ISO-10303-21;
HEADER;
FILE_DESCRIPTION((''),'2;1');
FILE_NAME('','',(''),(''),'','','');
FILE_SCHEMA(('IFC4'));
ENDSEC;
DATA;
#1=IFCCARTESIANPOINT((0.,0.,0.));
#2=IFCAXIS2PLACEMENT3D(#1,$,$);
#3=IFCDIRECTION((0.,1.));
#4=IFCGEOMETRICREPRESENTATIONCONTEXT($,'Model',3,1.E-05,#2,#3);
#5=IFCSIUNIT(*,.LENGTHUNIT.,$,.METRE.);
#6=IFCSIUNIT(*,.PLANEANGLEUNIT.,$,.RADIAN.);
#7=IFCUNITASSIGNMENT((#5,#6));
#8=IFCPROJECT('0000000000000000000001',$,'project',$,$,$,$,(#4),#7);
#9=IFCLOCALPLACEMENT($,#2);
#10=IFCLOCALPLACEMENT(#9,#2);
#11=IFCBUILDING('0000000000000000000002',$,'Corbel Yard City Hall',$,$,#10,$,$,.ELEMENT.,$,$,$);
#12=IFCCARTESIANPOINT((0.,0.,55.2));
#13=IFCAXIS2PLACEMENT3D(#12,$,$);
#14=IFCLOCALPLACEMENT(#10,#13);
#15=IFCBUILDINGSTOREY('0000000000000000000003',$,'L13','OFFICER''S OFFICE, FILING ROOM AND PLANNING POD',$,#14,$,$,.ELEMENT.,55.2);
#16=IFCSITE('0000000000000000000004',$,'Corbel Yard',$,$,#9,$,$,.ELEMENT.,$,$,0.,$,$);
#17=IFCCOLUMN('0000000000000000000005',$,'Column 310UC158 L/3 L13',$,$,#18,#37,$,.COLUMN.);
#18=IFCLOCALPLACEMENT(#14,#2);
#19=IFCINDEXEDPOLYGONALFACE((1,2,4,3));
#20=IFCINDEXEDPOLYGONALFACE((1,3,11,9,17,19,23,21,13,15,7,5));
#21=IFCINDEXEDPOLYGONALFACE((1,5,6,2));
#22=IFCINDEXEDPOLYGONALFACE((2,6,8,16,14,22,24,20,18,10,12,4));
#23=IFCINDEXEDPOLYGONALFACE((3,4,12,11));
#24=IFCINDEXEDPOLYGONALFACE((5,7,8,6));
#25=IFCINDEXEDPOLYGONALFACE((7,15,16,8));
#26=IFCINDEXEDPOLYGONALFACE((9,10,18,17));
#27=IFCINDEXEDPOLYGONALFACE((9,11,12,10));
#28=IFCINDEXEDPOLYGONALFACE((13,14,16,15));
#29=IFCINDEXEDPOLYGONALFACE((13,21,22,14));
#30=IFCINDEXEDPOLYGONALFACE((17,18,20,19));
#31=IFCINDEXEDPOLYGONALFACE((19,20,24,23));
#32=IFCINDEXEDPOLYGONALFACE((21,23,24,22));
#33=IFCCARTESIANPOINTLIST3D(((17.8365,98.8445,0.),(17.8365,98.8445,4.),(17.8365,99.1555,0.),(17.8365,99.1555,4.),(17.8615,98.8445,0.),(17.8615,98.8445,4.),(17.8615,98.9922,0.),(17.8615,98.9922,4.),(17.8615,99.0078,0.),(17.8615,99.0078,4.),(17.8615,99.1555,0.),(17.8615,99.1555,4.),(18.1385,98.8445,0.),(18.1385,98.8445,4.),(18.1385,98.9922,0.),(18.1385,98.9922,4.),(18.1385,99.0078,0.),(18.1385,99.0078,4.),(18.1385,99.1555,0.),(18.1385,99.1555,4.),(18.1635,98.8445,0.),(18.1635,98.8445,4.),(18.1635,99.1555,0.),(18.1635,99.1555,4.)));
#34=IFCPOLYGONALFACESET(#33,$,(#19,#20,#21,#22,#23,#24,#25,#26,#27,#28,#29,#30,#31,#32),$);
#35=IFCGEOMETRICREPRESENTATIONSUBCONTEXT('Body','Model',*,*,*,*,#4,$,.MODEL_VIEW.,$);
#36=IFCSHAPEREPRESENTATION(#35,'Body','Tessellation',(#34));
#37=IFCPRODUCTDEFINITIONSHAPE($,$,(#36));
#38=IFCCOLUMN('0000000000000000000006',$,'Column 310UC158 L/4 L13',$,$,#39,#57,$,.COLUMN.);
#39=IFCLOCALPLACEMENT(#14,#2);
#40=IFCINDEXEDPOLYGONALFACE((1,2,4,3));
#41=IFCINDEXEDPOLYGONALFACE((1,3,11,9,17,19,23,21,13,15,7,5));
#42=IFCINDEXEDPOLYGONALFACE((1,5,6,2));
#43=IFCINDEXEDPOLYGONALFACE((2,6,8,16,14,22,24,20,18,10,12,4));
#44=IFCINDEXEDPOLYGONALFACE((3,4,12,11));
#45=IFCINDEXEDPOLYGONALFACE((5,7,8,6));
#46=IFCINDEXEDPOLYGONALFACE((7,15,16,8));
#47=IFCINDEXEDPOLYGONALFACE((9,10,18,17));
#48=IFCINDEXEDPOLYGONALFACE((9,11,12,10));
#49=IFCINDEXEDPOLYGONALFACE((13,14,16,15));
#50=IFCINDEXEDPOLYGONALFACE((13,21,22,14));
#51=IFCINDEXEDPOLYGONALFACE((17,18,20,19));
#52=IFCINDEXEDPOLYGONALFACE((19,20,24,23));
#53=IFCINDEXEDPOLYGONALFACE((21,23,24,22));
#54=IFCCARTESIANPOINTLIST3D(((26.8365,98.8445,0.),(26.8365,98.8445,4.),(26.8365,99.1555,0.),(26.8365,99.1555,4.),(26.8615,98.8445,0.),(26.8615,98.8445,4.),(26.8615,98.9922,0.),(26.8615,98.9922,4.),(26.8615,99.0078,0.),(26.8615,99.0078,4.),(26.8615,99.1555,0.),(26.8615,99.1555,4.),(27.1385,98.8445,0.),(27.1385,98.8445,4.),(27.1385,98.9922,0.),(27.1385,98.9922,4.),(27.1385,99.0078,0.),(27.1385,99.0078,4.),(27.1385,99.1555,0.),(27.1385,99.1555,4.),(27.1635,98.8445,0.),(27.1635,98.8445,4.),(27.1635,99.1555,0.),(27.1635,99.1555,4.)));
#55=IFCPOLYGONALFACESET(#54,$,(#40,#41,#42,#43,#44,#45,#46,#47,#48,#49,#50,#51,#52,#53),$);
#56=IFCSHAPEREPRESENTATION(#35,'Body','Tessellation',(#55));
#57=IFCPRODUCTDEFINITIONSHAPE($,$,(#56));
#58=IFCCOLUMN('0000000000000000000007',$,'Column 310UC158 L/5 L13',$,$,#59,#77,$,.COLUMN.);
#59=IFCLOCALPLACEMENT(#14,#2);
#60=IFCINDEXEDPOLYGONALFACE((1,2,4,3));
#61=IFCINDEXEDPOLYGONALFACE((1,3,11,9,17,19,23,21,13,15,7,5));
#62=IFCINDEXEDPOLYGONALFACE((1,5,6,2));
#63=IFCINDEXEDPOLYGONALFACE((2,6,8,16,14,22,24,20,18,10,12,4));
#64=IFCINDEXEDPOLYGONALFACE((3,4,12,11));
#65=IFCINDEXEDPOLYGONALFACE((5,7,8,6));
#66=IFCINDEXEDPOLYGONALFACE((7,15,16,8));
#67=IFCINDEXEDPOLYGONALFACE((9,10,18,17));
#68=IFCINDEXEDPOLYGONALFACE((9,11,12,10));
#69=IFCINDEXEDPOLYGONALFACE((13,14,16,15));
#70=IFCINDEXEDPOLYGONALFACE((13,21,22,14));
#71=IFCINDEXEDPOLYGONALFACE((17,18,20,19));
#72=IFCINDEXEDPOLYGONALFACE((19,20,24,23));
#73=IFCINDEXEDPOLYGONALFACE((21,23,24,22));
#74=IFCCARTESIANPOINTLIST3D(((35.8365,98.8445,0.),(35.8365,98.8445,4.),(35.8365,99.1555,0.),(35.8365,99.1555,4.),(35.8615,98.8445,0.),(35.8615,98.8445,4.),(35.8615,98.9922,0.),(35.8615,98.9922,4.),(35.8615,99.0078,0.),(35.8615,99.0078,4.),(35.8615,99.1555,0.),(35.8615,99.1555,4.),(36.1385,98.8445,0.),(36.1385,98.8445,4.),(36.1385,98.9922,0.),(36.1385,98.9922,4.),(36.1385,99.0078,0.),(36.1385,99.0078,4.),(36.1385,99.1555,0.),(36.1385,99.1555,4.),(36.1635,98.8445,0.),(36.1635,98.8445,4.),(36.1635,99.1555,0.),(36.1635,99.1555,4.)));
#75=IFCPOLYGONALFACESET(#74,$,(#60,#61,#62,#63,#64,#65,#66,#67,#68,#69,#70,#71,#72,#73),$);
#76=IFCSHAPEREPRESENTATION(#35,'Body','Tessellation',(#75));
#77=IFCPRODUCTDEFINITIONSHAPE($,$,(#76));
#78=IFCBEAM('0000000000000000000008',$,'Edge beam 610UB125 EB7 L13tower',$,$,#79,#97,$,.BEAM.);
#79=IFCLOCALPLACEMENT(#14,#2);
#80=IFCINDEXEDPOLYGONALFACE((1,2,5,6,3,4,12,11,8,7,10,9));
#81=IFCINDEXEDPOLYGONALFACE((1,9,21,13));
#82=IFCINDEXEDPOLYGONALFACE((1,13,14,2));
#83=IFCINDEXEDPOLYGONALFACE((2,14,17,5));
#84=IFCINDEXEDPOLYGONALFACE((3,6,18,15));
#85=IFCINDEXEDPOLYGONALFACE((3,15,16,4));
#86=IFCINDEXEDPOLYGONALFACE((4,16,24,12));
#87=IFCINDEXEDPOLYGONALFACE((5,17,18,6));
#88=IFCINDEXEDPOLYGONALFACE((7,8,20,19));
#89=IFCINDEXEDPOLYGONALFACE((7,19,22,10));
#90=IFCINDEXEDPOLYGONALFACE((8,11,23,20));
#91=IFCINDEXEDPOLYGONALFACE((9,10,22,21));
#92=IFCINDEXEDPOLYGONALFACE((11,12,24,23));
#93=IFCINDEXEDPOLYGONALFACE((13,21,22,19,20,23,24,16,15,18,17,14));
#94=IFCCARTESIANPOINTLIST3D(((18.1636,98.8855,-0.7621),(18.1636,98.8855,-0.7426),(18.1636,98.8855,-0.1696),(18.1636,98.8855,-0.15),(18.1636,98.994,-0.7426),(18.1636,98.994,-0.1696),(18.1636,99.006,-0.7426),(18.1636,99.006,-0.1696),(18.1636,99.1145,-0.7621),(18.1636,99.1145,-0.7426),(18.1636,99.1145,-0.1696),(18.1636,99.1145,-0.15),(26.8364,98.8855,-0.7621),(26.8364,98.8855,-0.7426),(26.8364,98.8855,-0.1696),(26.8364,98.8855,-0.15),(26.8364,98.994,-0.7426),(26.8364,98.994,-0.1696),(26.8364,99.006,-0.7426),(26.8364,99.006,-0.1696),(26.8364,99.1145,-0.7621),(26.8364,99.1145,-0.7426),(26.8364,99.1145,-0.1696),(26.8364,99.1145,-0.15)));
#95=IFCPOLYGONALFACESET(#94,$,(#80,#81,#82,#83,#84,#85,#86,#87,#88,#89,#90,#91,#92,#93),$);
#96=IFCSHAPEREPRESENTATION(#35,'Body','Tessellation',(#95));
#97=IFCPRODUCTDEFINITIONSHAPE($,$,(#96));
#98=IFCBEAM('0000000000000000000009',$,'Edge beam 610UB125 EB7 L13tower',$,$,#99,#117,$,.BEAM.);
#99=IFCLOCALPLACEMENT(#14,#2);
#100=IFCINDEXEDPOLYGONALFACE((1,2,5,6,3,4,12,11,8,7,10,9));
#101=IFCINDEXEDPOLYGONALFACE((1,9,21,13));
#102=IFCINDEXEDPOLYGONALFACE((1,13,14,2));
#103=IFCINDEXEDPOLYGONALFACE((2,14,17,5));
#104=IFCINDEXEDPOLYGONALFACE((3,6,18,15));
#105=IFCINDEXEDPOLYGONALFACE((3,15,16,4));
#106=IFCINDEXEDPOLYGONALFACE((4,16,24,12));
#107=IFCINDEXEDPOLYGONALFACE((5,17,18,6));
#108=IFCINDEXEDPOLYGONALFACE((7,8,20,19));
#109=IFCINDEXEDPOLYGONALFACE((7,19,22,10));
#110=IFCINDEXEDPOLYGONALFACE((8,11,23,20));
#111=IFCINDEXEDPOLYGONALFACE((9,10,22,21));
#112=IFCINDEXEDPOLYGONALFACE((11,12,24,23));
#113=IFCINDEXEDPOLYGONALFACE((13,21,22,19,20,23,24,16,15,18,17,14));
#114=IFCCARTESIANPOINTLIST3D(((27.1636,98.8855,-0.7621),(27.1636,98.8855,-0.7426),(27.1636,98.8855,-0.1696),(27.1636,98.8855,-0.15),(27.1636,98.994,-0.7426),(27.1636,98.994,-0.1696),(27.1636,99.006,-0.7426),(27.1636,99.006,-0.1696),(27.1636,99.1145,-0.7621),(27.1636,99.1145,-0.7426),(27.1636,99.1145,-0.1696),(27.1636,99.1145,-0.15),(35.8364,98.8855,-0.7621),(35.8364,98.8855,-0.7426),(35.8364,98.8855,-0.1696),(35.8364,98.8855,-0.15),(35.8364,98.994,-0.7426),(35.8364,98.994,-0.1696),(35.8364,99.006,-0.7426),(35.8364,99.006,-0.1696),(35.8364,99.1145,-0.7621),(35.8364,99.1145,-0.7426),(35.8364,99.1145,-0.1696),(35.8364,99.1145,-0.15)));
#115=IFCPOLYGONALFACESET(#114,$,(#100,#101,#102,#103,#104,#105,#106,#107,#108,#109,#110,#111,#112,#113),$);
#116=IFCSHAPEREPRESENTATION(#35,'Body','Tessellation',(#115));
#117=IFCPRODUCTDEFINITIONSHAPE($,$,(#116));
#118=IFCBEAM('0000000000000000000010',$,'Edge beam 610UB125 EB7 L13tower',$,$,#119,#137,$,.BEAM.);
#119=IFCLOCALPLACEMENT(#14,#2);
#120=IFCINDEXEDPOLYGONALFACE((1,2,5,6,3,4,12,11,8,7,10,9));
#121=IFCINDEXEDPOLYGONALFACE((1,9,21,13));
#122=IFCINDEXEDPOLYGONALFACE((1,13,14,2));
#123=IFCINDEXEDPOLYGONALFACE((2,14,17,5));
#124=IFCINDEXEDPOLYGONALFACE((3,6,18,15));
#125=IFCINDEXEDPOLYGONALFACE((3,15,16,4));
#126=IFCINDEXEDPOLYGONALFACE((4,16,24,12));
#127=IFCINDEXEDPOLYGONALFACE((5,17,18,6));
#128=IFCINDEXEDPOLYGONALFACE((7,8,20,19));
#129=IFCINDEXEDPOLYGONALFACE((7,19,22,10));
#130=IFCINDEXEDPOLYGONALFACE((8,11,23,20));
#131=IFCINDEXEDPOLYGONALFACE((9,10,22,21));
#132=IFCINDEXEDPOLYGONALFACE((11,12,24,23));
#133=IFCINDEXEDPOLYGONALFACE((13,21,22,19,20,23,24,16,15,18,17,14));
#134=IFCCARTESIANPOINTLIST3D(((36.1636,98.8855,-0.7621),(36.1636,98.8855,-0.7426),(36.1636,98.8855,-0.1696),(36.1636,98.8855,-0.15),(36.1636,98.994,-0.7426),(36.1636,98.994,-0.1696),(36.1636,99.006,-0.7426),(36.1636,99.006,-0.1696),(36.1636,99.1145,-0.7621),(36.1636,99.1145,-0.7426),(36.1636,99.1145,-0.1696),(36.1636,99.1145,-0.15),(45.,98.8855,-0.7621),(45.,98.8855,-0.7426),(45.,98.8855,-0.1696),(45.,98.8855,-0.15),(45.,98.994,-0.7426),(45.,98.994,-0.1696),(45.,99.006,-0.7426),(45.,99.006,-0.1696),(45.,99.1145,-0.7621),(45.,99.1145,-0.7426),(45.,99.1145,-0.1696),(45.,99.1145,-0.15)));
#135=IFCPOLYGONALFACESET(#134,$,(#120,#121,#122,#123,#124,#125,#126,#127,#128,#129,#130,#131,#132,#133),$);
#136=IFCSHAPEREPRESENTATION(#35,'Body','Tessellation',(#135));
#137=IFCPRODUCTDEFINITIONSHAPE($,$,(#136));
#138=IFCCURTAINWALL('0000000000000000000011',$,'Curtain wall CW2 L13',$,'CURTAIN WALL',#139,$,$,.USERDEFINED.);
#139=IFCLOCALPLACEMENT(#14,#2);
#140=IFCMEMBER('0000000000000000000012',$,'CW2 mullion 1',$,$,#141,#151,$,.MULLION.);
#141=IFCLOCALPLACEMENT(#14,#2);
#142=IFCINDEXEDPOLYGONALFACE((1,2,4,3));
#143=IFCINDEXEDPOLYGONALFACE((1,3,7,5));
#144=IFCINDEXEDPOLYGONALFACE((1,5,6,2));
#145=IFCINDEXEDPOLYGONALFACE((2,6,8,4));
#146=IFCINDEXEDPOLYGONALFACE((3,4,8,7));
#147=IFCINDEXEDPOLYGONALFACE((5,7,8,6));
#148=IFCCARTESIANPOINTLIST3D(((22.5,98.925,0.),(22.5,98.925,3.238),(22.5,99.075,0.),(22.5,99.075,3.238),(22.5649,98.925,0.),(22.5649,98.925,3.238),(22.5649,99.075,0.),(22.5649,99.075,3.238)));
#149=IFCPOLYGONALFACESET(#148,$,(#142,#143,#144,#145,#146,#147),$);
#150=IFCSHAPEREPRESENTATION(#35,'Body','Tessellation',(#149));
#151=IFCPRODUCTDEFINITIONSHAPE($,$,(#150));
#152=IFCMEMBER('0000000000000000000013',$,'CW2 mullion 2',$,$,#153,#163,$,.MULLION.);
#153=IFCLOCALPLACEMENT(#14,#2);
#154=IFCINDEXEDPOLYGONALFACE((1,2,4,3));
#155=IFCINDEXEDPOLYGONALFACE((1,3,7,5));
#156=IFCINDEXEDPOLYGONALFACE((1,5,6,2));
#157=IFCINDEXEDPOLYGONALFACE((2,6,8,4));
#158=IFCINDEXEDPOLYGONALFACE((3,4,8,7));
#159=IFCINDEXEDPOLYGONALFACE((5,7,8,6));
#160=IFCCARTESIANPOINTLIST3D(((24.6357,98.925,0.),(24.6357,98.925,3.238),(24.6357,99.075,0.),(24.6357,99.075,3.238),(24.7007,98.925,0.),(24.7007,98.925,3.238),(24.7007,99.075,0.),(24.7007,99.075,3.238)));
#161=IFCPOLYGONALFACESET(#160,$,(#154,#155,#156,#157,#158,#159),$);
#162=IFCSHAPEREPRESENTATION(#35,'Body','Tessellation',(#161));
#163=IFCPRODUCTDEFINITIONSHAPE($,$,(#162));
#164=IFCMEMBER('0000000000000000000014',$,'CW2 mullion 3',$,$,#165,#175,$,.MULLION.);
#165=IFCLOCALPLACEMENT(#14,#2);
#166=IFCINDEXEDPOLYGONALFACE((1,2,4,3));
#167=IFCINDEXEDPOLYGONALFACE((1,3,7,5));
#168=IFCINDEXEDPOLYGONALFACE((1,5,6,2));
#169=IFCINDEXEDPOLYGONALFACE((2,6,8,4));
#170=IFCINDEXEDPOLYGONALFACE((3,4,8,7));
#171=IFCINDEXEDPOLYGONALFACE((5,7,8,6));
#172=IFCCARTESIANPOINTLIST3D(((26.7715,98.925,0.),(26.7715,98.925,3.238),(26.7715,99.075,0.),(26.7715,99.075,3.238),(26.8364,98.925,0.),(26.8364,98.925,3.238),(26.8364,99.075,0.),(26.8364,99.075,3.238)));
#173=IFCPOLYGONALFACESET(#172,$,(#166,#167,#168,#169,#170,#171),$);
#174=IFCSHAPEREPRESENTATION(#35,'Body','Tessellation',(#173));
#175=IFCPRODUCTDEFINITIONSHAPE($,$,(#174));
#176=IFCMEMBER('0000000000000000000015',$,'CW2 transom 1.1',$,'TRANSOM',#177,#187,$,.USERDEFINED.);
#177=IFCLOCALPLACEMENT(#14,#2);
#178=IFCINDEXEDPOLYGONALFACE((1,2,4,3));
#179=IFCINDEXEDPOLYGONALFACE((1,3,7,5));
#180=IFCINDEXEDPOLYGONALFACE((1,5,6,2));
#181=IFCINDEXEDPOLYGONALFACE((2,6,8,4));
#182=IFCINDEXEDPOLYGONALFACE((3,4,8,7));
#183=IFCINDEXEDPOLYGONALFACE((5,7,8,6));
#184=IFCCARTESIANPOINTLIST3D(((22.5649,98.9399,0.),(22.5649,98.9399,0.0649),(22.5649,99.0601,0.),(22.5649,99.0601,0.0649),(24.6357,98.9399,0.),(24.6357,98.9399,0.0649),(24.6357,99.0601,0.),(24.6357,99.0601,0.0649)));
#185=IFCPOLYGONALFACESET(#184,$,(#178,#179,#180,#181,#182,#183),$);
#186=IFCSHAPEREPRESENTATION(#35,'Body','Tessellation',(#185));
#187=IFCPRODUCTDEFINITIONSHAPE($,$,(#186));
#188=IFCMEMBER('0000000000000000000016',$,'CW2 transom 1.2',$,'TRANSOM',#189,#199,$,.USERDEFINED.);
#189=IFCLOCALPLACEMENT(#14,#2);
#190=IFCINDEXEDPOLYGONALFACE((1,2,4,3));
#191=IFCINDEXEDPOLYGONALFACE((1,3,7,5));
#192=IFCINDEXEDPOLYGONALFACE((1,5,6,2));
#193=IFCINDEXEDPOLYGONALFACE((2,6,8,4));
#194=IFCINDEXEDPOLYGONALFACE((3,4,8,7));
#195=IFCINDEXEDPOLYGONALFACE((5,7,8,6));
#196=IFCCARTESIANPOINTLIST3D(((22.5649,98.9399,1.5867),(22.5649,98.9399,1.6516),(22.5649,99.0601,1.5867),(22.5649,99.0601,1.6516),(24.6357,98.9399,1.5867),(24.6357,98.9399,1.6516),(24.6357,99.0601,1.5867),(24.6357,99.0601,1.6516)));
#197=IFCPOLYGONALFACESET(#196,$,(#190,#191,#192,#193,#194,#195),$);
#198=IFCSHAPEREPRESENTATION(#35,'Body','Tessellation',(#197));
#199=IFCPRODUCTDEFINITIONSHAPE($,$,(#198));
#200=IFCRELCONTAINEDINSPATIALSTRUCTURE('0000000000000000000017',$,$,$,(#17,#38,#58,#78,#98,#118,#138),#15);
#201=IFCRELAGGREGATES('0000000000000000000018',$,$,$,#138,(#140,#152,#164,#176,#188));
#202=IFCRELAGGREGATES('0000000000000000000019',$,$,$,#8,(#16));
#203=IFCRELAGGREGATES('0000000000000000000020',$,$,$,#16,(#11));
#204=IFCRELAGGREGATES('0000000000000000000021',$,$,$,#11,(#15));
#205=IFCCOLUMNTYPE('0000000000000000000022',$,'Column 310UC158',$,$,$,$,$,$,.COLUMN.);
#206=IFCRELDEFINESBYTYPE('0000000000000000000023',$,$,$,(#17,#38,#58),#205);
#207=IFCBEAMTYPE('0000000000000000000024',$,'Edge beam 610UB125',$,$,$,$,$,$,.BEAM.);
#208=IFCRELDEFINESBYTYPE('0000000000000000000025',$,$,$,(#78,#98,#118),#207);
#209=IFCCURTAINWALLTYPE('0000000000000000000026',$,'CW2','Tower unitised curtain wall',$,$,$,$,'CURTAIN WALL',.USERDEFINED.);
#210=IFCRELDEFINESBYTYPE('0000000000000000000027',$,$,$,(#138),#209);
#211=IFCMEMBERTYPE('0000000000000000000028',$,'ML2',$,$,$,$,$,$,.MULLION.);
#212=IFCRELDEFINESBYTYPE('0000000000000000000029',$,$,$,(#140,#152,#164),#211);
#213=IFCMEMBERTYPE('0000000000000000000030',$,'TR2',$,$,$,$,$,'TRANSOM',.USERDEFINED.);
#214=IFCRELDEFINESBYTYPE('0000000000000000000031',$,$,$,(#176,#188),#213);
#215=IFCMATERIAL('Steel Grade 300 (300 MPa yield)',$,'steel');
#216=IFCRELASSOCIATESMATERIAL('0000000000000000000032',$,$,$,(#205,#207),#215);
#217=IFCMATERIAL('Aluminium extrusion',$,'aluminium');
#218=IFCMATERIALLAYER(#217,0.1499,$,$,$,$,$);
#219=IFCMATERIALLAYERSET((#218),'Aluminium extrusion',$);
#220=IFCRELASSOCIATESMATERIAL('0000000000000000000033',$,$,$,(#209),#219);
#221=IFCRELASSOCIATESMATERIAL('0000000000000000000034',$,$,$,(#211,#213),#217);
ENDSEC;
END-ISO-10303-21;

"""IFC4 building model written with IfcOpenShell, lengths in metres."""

from ifc_helpers import new_model, si_unit, direction, frame, origin, origin_2d, place, context, subcontext, project, spatial, rectangle, i_section, extrude, material, layer, layer_set, material_profile, profile_set, type_object, element, aggregate, save


model = new_model("IFC4")

# Units and contexts
model_context = context("Model", 3, precision=1e-05, world=origin(), true_north=direction((0.0, 1.0)))
body_context = subcontext(model_context, "Body", "Model", "MODEL_VIEW")
ifc_project = project(units=[si_unit("LENGTHUNIT", "METRE"), si_unit("PLANEANGLEUNIT", "RADIAN")], contexts=[model_context])

# Site, building, storey
site_placement = place(None, origin())
site = spatial("IfcSite", under=ifc_project, at=site_placement, Name="Corbel Yard", CompositionType="ELEMENT", RefElevation=0.0)
building_placement = place(site_placement, origin())
building = spatial("IfcBuilding", under=site, at=building_placement, Name="Corbel Yard City Hall", CompositionType="ELEMENT")
storey_placement = place(building_placement, frame((0.0, 0.0, 55.2)))
storey = spatial("IfcBuildingStorey", under=building, at=storey_placement, Name="L13", Description="OFFICER'S OFFICE, FILING ROOM AND PLANNING POD", CompositionType="ELEMENT", Elevation=55.2)

# Columns
ifc_material_1 = material(Name="Steel Grade 300 (300 MPa yield)", Category="steel")
ifc_material_profile_1 = material_profile(ifc_material_1, i_section(OverallWidth=0.311, OverallDepth=0.3269, WebThickness=0.0156, FlangeThickness=0.0249, at=origin_2d()), Name="310UC158")
ifc_profile_set_1 = profile_set([ifc_material_profile_1], Name="Steel Grade 300 (300 MPa yield)")
column_type = type_object("IfcColumnType", Name="Column 310UC158", PredefinedType="COLUMN", material=ifc_profile_set_1)
for number, where, z_axis, x_axis, name in (
    (1, (18.0, 99.0, 0.0), (0.0, 0.0, 1.0), (0.0, 1.0, 0.0), "Column 310UC158 L/3 L13"),
    (2, (27.0, 99.0, 0.0), (0.0, 0.0, 1.0), (0.0, 1.0, 0.0), "Column 310UC158 L/4 L13"),
    (3, (36.0, 99.0, 0.0), (0.0, 0.0, 1.0), (0.0, 1.0, 0.0), "Column 310UC158 L/5 L13"),
):
    element("IfcColumn", number, at=place(storey_placement, frame(where, z_axis=z_axis, x_axis=x_axis)), inside=storey, type_object=column_type, Name=name, PredefinedType="COLUMN", context=body_context, shape_type="SweptSolid", body=[
        extrude(i_section(OverallWidth=0.311, OverallDepth=0.3269, WebThickness=0.0156, FlangeThickness=0.0249, at=origin_2d()), origin(), (0.0, 0.0, 1.0), 4.0),
    ])

# Beams
ifc_material_profile_2 = material_profile(ifc_material_1, i_section(OverallWidth=0.229, OverallDepth=0.6121, WebThickness=0.012, FlangeThickness=0.0195, at=origin_2d()), Name="610UB125")
ifc_profile_set_2 = profile_set([ifc_material_profile_2], Name="Steel Grade 300 (300 MPa yield)")
beam_type = type_object("IfcBeamType", Name="Edge beam 610UB125", PredefinedType="BEAM", material=ifc_profile_set_2)
for number, where, z_axis, x_axis, name in (
    (4, (18.1636, 99.0, -0.4561), (1.0, 0.0, 0.0), (0.0, 1.0, 0.0), "Edge beam 610UB125 EB7 L13tower"),
    (5, (27.1636, 99.0, -0.4561), (1.0, 0.0, 0.0), (0.0, 1.0, 0.0), "Edge beam 610UB125 EB7 L13tower"),
):
    element("IfcBeam", number, at=place(storey_placement, frame(where, z_axis=z_axis, x_axis=x_axis)), inside=storey, type_object=beam_type, Name=name, PredefinedType="BEAM", context=body_context, shape_type="SweptSolid", body=[
        extrude(i_section(OverallWidth=0.229, OverallDepth=0.6121, WebThickness=0.012, FlangeThickness=0.0195, at=origin_2d()), origin(), (0.0, 0.0, 1.0), 8.6729),
    ])
beam_placement = place(storey_placement, frame((36.1636, 99.0, -0.4561), z_axis=(1.0, 0.0, 0.0), x_axis=(0.0, 1.0, 0.0)))
element("IfcBeam", 6, at=beam_placement, inside=storey, type_object=beam_type, Name="Edge beam 610UB125 EB7 L13tower", PredefinedType="BEAM", context=body_context, shape_type="SweptSolid", body=[
    extrude(i_section(OverallWidth=0.229, OverallDepth=0.6121, WebThickness=0.012, FlangeThickness=0.0195, at=origin_2d()), origin(), (0.0, 0.0, 1.0), 8.8364),
])

# Curtain wall, members
ifc_material_2 = material(Name="Aluminium extrusion", Category="aluminium")
ifc_layer_1 = layer(ifc_material_2, 0.1499)
ifc_layer_set_1 = layer_set([ifc_layer_1], Name="Aluminium extrusion")
curtain_wall_type = type_object("IfcCurtainWallType", Name="CW2", Description="Tower unitised curtain wall", ElementType="CURTAIN WALL", PredefinedType="USERDEFINED", material=ifc_layer_set_1)
curtain_wall_placement = place(storey_placement, origin())
curtain_wall = element("IfcCurtainWall", 7, at=curtain_wall_placement, inside=storey, type_object=curtain_wall_type, Name="Curtain wall CW2 L13", ObjectType="CURTAIN WALL", PredefinedType="USERDEFINED")
ifc_material_profile_3 = material_profile(ifc_material_2, rectangle(XDim=0.1499, YDim=0.0649, at=origin_2d()), Name="150x65")
ifc_profile_set_3 = profile_set([ifc_material_profile_3], Name="Aluminium extrusion")
member_type_1 = type_object("IfcMemberType", Name="ML2", PredefinedType="MULLION", material=ifc_profile_set_3)
member_1_placement = place(storey_placement, frame((22.5325, 99.0, 0.0), z_axis=(0.0, 0.0, 1.0), x_axis=(0.0, 1.0, 0.0)))
member_1 = element("IfcMember", 8, at=member_1_placement, type_object=member_type_1, Name="CW2 mullion 1", PredefinedType="MULLION", context=body_context, shape_type="SweptSolid", body=[
    extrude(rectangle(XDim=0.1499, YDim=0.0649, at=origin_2d()), origin(), (0.0, 0.0, 1.0), 3.238),
])
member_2_placement = place(storey_placement, frame((24.6682, 99.0, 0.0), z_axis=(0.0, 0.0, 1.0), x_axis=(0.0, 1.0, 0.0)))
member_2 = element("IfcMember", 9, at=member_2_placement, type_object=member_type_1, Name="CW2 mullion 2", PredefinedType="MULLION", context=body_context, shape_type="SweptSolid", body=[
    extrude(rectangle(XDim=0.1499, YDim=0.0649, at=origin_2d()), origin(), (0.0, 0.0, 1.0), 3.238),
])
member_3_placement = place(storey_placement, frame((26.804, 99.0, 0.0), z_axis=(0.0, 0.0, 1.0), x_axis=(0.0, 1.0, 0.0)))
member_3 = element("IfcMember", 10, at=member_3_placement, type_object=member_type_1, Name="CW2 mullion 3", PredefinedType="MULLION", context=body_context, shape_type="SweptSolid", body=[
    extrude(rectangle(XDim=0.1499, YDim=0.0649, at=origin_2d()), origin(), (0.0, 0.0, 1.0), 3.238),
])
ifc_material_profile_4 = material_profile(ifc_material_2, rectangle(XDim=0.1201, YDim=0.0649, at=origin_2d()), Name="120x65")
ifc_profile_set_4 = profile_set([ifc_material_profile_4], Name="Aluminium extrusion")
member_type_2 = type_object("IfcMemberType", Name="TR2", ElementType="TRANSOM", PredefinedType="USERDEFINED", material=ifc_profile_set_4)
member_4_placement = place(storey_placement, frame((22.5649, 99.0, 0.0325), z_axis=(1.0, 0.0, 0.0), x_axis=(0.0, 1.0, 0.0)))
member_4 = element("IfcMember", 11, at=member_4_placement, type_object=member_type_2, Name="CW2 transom 1.1", ObjectType="TRANSOM", PredefinedType="USERDEFINED", context=body_context, shape_type="SweptSolid", body=[
    extrude(rectangle(XDim=0.1201, YDim=0.0649, at=origin_2d()), origin(), (0.0, 0.0, 1.0), 2.0708),
])
member_5_placement = place(storey_placement, frame((22.5649, 99.0, 1.6191), z_axis=(1.0, 0.0, 0.0), x_axis=(0.0, 1.0, 0.0)))
member_5 = element("IfcMember", 12, at=member_5_placement, type_object=member_type_2, Name="CW2 transom 1.2", ObjectType="TRANSOM", PredefinedType="USERDEFINED", context=body_context, shape_type="SweptSolid", body=[
    extrude(rectangle(XDim=0.1201, YDim=0.0649, at=origin_2d()), origin(), (0.0, 0.0, 1.0), 2.0708),
])

aggregate(curtain_wall, [member_1, member_2, member_3, member_4, member_5])

save(model, "model.ifc")
